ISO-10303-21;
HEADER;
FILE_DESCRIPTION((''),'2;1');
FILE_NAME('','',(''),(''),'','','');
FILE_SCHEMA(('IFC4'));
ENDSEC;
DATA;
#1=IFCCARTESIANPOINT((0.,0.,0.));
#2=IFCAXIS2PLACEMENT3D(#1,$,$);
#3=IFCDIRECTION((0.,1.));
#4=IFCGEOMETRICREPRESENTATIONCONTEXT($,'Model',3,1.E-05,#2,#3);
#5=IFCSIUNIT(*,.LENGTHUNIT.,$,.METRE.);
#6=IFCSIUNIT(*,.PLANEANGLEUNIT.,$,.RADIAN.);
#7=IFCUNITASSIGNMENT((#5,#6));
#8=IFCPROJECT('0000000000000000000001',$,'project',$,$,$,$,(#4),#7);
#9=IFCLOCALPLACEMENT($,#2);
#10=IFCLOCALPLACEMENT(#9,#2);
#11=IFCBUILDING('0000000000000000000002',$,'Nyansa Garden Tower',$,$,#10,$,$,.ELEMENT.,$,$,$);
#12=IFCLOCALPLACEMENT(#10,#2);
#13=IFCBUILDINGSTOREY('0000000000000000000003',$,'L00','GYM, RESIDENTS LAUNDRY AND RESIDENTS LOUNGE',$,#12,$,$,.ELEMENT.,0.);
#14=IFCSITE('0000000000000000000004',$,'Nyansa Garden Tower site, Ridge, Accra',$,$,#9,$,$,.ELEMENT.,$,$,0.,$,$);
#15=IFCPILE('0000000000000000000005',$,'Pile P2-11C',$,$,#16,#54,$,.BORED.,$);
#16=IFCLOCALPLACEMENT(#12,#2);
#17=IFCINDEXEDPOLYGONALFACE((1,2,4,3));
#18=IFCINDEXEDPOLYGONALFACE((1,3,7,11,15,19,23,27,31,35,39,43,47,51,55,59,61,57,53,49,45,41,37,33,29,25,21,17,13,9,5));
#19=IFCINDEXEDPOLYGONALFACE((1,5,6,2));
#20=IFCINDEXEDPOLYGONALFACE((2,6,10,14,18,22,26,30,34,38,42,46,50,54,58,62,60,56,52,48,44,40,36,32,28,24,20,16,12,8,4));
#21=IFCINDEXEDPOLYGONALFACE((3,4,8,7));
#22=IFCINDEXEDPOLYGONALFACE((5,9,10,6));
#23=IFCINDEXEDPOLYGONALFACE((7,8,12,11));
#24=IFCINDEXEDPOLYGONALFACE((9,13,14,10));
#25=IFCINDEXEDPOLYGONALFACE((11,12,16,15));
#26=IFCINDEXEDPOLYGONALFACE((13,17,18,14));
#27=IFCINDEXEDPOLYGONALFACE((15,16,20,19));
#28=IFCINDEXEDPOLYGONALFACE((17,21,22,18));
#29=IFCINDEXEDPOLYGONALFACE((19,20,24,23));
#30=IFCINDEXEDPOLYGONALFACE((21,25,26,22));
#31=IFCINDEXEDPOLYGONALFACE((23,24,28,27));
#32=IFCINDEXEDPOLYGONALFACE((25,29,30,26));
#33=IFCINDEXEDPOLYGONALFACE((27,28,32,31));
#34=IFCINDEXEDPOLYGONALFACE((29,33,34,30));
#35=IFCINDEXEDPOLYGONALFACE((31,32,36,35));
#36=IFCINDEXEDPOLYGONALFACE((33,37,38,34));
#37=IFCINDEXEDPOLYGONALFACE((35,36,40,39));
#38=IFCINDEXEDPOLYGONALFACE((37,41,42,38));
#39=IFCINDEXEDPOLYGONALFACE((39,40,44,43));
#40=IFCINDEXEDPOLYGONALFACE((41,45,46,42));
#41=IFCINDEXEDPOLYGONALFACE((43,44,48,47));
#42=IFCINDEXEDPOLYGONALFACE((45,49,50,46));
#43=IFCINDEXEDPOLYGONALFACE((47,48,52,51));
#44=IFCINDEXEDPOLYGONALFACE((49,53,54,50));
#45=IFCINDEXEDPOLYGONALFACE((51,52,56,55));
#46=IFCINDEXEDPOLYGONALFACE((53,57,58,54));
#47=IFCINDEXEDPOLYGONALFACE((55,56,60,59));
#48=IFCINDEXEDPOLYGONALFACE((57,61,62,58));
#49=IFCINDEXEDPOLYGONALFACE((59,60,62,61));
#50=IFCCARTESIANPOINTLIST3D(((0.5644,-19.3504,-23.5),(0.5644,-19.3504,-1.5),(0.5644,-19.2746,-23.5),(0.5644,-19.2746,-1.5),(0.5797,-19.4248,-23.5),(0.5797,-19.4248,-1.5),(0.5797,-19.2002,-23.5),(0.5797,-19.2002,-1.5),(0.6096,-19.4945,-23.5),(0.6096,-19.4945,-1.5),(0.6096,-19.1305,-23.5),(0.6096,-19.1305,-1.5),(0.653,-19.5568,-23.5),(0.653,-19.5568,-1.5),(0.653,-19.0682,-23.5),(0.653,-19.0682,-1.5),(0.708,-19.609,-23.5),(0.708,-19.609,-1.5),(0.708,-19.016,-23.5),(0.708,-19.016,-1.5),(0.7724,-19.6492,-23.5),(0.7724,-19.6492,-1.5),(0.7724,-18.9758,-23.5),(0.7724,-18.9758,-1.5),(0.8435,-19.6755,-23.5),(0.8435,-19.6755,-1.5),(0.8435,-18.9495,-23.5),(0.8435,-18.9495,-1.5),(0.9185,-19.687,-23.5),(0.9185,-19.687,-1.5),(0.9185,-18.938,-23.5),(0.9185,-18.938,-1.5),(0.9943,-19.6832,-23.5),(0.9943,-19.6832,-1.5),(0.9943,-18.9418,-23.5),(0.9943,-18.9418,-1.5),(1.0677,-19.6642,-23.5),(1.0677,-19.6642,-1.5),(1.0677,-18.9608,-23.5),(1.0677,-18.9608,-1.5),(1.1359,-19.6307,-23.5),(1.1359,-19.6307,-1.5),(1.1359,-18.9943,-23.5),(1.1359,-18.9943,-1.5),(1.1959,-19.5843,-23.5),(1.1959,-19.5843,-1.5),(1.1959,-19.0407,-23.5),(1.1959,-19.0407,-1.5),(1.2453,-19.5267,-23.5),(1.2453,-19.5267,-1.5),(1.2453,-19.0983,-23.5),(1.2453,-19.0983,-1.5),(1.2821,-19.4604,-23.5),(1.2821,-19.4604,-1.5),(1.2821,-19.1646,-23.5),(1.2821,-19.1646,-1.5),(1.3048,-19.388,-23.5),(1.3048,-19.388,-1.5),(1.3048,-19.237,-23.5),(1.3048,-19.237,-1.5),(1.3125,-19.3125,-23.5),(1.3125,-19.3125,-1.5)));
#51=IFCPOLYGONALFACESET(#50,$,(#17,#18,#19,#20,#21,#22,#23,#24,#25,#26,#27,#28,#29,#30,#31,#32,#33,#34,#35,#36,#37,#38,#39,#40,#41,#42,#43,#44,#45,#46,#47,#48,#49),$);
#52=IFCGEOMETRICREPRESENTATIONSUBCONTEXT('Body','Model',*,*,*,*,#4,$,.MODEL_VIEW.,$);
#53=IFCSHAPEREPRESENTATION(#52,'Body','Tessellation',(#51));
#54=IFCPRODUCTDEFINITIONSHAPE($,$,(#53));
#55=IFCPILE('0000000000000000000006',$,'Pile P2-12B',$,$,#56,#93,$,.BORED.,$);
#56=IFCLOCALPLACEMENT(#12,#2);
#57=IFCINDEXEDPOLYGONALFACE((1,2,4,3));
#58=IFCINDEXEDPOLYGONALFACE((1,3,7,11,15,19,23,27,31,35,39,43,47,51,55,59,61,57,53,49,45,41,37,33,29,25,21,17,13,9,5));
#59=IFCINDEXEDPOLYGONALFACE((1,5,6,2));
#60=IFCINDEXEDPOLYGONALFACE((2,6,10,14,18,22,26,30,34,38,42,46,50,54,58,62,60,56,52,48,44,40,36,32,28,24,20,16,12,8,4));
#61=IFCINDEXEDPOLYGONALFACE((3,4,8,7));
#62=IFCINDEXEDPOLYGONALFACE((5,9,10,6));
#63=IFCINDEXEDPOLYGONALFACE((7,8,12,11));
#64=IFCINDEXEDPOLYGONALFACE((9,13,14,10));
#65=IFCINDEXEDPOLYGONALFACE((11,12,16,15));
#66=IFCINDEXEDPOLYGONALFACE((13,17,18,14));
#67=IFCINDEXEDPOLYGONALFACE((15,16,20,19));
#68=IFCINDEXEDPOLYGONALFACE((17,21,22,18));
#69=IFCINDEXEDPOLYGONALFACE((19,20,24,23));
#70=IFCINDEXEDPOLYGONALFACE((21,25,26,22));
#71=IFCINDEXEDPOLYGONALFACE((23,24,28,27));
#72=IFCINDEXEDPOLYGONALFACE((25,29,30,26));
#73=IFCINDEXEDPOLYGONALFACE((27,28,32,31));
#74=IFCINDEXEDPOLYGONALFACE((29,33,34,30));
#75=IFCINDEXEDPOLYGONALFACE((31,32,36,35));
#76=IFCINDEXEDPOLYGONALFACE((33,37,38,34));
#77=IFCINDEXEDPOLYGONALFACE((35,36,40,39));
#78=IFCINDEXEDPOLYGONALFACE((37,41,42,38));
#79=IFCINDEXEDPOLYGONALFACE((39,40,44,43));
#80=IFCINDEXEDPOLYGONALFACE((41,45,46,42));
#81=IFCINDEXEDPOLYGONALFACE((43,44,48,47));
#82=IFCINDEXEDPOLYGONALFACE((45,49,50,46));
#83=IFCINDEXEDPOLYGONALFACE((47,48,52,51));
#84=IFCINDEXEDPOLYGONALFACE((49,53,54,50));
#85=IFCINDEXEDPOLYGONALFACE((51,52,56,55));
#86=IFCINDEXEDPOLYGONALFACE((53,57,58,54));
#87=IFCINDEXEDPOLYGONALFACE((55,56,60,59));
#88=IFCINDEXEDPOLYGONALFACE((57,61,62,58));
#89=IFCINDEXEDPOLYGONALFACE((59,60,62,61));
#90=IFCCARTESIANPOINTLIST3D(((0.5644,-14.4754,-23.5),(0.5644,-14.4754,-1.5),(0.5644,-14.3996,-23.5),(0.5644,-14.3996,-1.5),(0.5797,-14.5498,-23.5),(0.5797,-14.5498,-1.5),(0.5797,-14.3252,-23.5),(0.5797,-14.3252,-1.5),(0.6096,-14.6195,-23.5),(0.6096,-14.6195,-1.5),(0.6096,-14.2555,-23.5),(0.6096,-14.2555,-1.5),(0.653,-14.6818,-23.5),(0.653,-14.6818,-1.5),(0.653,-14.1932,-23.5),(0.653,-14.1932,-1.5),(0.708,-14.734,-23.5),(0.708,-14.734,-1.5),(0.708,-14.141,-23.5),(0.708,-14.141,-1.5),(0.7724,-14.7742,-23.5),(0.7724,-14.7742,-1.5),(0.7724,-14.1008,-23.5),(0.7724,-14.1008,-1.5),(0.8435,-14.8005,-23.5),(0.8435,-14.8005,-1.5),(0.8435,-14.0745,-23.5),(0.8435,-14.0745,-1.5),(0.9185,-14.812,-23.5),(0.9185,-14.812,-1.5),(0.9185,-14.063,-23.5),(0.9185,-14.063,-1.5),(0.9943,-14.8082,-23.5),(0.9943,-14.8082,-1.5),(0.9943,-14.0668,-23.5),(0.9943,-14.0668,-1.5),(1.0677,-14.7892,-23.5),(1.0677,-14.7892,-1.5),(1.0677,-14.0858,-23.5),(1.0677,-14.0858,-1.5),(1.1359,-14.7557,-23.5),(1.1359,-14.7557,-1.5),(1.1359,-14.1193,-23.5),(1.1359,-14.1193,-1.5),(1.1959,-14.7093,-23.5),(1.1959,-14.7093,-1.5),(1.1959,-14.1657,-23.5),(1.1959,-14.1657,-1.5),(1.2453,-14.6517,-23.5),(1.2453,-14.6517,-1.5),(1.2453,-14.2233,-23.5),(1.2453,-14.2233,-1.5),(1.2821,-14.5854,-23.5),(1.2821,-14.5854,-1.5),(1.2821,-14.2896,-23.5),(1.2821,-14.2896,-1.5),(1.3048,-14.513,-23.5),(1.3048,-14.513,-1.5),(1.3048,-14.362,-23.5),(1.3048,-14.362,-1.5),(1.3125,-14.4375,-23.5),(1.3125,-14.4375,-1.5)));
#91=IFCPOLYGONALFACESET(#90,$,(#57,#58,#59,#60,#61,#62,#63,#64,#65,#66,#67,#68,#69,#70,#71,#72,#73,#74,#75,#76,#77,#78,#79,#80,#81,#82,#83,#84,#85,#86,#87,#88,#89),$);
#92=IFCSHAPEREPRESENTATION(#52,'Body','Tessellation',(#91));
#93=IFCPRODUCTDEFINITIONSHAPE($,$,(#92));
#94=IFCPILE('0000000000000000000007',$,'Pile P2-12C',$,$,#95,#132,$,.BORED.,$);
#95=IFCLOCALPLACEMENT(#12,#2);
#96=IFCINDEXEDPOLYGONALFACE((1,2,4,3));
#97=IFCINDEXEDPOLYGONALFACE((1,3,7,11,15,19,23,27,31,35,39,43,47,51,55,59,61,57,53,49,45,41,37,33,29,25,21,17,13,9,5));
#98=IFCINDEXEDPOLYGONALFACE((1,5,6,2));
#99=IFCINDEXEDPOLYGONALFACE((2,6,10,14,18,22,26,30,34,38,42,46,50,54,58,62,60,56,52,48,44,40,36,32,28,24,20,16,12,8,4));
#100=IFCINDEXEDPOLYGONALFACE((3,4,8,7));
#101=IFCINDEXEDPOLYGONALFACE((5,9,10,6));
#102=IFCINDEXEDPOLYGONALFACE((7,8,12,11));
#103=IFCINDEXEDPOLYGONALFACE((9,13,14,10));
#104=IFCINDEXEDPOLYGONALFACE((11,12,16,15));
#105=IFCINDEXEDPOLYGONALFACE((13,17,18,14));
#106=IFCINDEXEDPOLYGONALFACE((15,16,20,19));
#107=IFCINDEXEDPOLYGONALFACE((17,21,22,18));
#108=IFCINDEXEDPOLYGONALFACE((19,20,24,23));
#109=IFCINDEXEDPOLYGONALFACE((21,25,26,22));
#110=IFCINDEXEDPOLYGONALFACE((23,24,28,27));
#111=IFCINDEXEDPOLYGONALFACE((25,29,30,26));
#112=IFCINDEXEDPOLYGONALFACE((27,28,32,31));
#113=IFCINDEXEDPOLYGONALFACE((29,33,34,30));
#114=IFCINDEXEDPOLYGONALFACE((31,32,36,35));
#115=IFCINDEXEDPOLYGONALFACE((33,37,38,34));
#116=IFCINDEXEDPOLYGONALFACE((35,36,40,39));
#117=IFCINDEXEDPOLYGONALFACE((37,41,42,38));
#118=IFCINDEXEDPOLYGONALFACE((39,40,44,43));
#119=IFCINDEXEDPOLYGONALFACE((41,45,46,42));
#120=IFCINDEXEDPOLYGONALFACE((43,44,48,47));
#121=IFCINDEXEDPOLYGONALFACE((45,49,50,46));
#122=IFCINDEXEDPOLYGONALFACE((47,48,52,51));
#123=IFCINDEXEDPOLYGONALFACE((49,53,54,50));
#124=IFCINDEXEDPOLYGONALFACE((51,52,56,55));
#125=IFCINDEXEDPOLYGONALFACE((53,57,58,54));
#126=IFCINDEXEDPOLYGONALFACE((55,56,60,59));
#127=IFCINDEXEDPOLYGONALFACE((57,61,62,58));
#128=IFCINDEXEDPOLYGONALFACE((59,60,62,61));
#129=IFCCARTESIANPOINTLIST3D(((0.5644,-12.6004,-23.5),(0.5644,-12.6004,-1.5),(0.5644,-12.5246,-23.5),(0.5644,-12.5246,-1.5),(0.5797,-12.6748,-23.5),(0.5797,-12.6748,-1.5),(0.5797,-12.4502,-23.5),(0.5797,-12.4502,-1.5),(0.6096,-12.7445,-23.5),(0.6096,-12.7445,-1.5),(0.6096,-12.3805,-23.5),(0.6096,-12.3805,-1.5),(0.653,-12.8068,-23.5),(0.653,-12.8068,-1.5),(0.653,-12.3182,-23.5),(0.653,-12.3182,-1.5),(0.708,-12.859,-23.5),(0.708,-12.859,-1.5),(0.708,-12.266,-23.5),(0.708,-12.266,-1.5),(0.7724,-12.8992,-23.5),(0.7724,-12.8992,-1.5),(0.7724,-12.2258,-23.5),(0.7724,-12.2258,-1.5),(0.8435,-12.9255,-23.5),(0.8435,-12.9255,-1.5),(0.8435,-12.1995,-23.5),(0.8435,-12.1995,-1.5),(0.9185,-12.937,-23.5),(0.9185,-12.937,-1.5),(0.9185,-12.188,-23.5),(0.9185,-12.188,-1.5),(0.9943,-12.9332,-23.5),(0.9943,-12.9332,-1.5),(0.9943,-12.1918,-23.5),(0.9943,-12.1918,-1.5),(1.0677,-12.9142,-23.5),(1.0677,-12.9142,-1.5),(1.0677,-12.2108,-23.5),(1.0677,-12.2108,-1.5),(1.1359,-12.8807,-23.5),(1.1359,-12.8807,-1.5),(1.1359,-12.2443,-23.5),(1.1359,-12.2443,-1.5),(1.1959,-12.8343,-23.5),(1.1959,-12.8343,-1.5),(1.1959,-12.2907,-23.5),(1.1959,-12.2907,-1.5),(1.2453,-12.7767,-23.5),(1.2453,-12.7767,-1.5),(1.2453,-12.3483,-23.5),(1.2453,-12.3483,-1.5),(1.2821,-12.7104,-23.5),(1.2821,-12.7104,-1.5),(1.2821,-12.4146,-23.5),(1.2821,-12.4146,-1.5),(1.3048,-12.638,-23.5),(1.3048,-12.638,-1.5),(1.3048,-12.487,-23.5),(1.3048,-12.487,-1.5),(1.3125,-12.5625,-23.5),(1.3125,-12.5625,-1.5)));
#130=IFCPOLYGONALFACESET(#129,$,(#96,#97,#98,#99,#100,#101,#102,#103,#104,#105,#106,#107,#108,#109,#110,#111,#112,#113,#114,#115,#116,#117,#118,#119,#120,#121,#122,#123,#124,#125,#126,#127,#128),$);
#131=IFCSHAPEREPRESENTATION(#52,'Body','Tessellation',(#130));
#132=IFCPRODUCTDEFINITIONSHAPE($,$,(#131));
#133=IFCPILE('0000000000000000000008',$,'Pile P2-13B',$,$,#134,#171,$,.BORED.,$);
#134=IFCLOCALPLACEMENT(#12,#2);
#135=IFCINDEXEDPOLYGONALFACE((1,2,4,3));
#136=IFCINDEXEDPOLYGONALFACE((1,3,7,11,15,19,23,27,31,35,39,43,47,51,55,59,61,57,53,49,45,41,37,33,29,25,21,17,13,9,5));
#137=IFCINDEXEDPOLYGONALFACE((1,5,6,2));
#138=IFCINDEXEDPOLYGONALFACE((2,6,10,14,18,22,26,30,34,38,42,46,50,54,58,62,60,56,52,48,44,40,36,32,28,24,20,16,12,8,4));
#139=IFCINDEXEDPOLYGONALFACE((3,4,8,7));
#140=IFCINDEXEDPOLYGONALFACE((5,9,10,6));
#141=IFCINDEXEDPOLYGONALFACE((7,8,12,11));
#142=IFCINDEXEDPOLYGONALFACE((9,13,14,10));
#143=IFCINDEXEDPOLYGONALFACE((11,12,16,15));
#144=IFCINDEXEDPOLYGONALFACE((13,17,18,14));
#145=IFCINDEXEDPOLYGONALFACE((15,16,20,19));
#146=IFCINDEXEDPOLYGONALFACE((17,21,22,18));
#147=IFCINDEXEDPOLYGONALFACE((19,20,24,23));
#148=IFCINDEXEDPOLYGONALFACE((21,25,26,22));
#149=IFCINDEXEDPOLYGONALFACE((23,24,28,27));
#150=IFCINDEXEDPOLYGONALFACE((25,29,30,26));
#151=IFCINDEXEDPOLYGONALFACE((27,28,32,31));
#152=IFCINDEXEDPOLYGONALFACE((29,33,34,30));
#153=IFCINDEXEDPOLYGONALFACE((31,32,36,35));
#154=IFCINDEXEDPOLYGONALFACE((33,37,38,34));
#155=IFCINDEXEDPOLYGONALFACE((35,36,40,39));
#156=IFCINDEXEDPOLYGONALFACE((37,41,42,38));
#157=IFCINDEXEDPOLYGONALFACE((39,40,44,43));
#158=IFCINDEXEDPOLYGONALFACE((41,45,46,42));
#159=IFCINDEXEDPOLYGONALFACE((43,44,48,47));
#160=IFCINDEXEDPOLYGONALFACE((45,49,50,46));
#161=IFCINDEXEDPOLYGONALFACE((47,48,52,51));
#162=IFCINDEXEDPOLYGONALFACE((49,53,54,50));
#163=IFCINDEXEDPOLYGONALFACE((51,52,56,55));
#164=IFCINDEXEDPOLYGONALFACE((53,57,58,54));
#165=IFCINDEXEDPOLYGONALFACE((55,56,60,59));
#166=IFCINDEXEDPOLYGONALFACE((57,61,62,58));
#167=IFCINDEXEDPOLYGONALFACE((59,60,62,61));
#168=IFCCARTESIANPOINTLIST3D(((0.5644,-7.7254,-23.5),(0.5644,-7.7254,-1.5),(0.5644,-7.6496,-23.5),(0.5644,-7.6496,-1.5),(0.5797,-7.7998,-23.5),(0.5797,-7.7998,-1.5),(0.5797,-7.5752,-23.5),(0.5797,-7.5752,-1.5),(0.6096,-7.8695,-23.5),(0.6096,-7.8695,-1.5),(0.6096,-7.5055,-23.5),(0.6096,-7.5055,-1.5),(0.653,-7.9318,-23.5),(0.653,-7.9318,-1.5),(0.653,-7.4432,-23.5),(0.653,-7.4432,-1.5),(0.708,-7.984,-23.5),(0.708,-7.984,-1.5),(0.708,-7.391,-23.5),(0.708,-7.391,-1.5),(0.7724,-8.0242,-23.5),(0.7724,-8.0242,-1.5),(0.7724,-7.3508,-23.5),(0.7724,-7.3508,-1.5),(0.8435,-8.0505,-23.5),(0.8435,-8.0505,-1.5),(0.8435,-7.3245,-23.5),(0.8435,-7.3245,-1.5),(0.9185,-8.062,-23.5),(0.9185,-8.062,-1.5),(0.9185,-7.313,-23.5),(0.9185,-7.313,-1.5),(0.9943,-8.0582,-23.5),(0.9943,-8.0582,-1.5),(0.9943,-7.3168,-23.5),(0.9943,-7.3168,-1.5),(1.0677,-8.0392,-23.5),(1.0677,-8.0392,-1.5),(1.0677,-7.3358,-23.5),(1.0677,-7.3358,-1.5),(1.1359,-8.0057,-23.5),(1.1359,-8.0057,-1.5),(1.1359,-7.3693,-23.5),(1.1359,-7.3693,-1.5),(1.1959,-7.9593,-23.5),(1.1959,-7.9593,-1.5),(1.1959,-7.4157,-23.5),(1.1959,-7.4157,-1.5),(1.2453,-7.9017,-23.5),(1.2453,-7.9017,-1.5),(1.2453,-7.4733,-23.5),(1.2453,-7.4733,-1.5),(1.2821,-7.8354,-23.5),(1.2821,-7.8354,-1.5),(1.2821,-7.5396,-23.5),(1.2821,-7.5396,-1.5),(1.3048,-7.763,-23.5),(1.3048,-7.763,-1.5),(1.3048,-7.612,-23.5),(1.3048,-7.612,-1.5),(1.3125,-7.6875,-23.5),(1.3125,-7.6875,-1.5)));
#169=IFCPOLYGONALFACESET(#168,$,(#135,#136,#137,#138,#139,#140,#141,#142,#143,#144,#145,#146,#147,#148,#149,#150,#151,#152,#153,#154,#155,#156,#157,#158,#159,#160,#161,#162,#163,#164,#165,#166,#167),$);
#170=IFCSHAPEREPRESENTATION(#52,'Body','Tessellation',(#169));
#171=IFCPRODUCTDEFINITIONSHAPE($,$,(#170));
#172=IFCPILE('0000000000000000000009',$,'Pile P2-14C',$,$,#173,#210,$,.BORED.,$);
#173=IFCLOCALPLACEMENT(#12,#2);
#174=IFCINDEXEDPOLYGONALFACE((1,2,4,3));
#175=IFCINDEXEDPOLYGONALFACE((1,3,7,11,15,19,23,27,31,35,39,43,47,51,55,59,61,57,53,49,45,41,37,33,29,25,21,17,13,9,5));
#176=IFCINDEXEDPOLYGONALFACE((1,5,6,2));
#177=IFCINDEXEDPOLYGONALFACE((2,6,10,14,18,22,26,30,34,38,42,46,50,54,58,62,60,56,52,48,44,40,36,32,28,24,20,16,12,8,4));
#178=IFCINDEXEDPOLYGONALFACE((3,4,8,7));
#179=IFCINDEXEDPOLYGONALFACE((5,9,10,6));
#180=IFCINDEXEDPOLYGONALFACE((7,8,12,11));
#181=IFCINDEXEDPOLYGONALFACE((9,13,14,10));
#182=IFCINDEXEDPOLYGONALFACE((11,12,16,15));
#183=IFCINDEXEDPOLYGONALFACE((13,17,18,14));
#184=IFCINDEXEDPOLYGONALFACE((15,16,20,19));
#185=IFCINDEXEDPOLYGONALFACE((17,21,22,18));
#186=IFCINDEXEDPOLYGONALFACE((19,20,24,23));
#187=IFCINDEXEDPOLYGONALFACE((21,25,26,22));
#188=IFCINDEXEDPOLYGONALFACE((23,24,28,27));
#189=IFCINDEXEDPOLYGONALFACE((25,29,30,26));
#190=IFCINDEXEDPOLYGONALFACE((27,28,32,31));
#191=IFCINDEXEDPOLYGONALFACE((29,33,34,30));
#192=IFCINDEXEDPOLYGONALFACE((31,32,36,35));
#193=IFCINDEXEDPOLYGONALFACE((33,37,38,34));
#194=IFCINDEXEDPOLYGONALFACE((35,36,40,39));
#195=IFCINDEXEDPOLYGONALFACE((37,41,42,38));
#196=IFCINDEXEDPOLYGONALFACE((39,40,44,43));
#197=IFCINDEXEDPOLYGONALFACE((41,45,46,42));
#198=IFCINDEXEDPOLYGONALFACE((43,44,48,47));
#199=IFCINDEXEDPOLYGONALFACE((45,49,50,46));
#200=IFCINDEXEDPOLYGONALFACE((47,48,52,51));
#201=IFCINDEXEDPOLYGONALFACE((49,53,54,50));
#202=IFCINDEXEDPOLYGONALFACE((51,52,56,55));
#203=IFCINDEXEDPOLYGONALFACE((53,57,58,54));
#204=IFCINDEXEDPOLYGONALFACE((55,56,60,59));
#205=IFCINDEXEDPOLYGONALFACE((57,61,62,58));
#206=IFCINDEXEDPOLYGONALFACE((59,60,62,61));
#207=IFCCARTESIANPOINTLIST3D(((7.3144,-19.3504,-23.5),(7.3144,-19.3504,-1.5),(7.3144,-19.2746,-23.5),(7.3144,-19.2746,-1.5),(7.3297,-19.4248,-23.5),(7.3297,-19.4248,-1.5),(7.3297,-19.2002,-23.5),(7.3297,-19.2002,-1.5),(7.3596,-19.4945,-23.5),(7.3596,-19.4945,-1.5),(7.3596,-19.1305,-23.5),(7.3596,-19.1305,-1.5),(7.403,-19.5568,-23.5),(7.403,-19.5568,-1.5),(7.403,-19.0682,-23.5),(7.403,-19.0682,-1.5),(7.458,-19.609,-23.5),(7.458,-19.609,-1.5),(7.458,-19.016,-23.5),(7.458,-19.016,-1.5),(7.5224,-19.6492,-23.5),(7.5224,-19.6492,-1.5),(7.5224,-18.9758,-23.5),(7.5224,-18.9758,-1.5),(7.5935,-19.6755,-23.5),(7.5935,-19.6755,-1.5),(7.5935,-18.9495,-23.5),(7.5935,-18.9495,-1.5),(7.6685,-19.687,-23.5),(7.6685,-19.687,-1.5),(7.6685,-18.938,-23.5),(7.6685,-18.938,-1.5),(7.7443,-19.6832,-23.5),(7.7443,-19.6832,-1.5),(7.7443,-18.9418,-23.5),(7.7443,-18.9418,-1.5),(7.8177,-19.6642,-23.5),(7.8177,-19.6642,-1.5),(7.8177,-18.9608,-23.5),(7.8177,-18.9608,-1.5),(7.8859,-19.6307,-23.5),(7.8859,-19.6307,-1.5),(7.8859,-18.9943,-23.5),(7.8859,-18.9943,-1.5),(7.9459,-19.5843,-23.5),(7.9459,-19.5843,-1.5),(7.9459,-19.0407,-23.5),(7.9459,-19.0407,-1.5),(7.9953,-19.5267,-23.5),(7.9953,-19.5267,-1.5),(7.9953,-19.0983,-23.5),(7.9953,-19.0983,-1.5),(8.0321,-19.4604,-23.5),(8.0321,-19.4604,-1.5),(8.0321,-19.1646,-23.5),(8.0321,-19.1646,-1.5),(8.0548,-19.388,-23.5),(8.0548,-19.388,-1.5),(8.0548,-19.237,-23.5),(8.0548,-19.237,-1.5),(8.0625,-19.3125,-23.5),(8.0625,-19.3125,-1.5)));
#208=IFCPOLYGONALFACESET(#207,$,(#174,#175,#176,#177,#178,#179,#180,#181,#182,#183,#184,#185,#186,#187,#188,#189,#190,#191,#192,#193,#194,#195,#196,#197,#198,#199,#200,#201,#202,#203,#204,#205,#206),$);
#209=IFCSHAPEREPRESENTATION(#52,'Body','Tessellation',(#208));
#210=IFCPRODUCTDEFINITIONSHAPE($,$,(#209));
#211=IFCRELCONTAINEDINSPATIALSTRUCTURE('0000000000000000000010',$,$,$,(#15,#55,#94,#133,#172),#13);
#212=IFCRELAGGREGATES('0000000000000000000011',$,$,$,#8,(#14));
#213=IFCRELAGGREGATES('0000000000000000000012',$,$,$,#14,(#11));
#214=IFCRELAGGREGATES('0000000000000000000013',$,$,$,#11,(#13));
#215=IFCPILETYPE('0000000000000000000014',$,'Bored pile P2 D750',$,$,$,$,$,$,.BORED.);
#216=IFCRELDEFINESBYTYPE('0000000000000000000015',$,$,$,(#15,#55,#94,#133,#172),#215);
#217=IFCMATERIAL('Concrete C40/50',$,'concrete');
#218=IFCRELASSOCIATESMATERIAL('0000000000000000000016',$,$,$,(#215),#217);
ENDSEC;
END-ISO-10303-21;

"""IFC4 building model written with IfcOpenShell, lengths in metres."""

from ifc_helpers import new_model, si_unit, direction, frame, origin, origin_2d, place, context, subcontext, project, spatial, circle, extrude, material, type_object, element, save


model = new_model("IFC4")

# Units and contexts
model_context = context("Model", 3, precision=1e-05, world=origin(), true_north=direction((0.0, 1.0)))
body_context = subcontext(model_context, "Body", "Model", "MODEL_VIEW")
ifc_project = project(units=[si_unit("LENGTHUNIT", "METRE"), si_unit("PLANEANGLEUNIT", "RADIAN")], contexts=[model_context])

# Site, building, storey
site_placement = place(None, origin())
site = spatial("IfcSite", under=ifc_project, at=site_placement, Name="Nyansa Garden Tower site, Ridge, Accra", CompositionType="ELEMENT", RefElevation=0.0)
building_placement = place(site_placement, origin())
building = spatial("IfcBuilding", under=site, at=building_placement, Name="Nyansa Garden Tower", CompositionType="ELEMENT")
storey_placement = place(building_placement, origin())
storey = spatial("IfcBuildingStorey", under=building, at=storey_placement, Name="L00", Description="GYM, RESIDENTS LAUNDRY AND RESIDENTS LOUNGE", CompositionType="ELEMENT", Elevation=0.0)

# Piles
ifc_material_1 = material(Name="Concrete C40/50", Category="concrete")
pile_type = type_object("IfcPileType", Name="Bored pile P2 D750", PredefinedType="BORED", material=ifc_material_1)
for number, where, z_axis, x_axis, name in (
    (1, (0.9375, -19.3125, -1.5), (0.0, 0.0, -1.0), (1.0, 0.0, 0.0), "Pile P2-11C"),
    (2, (0.9375, -14.4375, -1.5), (0.0, 0.0, -1.0), (1.0, 0.0, 0.0), "Pile P2-12B"),
    (3, (0.9375, -12.5625, -1.5), (0.0, 0.0, -1.0), (1.0, 0.0, 0.0), "Pile P2-12C"),
    (4, (0.9375, -7.6875, -1.5), (0.0, 0.0, -1.0), (1.0, 0.0, 0.0), "Pile P2-13B"),
    (5, (7.6875, -19.3125, -1.5), (0.0, 0.0, -1.0), (1.0, 0.0, 0.0), "Pile P2-14C"),
):
    element("IfcPile", number, at=place(storey_placement, frame(where, z_axis=z_axis, x_axis=x_axis)), inside=storey, type_object=pile_type, Name=name, PredefinedType="BORED", context=body_context, shape_type="SweptSolid", body=[
        extrude(circle(Radius=0.375, at=origin_2d()), origin(), (0.0, 0.0, 1.0), 22.0),
    ])

save(model, "model.ifc")
